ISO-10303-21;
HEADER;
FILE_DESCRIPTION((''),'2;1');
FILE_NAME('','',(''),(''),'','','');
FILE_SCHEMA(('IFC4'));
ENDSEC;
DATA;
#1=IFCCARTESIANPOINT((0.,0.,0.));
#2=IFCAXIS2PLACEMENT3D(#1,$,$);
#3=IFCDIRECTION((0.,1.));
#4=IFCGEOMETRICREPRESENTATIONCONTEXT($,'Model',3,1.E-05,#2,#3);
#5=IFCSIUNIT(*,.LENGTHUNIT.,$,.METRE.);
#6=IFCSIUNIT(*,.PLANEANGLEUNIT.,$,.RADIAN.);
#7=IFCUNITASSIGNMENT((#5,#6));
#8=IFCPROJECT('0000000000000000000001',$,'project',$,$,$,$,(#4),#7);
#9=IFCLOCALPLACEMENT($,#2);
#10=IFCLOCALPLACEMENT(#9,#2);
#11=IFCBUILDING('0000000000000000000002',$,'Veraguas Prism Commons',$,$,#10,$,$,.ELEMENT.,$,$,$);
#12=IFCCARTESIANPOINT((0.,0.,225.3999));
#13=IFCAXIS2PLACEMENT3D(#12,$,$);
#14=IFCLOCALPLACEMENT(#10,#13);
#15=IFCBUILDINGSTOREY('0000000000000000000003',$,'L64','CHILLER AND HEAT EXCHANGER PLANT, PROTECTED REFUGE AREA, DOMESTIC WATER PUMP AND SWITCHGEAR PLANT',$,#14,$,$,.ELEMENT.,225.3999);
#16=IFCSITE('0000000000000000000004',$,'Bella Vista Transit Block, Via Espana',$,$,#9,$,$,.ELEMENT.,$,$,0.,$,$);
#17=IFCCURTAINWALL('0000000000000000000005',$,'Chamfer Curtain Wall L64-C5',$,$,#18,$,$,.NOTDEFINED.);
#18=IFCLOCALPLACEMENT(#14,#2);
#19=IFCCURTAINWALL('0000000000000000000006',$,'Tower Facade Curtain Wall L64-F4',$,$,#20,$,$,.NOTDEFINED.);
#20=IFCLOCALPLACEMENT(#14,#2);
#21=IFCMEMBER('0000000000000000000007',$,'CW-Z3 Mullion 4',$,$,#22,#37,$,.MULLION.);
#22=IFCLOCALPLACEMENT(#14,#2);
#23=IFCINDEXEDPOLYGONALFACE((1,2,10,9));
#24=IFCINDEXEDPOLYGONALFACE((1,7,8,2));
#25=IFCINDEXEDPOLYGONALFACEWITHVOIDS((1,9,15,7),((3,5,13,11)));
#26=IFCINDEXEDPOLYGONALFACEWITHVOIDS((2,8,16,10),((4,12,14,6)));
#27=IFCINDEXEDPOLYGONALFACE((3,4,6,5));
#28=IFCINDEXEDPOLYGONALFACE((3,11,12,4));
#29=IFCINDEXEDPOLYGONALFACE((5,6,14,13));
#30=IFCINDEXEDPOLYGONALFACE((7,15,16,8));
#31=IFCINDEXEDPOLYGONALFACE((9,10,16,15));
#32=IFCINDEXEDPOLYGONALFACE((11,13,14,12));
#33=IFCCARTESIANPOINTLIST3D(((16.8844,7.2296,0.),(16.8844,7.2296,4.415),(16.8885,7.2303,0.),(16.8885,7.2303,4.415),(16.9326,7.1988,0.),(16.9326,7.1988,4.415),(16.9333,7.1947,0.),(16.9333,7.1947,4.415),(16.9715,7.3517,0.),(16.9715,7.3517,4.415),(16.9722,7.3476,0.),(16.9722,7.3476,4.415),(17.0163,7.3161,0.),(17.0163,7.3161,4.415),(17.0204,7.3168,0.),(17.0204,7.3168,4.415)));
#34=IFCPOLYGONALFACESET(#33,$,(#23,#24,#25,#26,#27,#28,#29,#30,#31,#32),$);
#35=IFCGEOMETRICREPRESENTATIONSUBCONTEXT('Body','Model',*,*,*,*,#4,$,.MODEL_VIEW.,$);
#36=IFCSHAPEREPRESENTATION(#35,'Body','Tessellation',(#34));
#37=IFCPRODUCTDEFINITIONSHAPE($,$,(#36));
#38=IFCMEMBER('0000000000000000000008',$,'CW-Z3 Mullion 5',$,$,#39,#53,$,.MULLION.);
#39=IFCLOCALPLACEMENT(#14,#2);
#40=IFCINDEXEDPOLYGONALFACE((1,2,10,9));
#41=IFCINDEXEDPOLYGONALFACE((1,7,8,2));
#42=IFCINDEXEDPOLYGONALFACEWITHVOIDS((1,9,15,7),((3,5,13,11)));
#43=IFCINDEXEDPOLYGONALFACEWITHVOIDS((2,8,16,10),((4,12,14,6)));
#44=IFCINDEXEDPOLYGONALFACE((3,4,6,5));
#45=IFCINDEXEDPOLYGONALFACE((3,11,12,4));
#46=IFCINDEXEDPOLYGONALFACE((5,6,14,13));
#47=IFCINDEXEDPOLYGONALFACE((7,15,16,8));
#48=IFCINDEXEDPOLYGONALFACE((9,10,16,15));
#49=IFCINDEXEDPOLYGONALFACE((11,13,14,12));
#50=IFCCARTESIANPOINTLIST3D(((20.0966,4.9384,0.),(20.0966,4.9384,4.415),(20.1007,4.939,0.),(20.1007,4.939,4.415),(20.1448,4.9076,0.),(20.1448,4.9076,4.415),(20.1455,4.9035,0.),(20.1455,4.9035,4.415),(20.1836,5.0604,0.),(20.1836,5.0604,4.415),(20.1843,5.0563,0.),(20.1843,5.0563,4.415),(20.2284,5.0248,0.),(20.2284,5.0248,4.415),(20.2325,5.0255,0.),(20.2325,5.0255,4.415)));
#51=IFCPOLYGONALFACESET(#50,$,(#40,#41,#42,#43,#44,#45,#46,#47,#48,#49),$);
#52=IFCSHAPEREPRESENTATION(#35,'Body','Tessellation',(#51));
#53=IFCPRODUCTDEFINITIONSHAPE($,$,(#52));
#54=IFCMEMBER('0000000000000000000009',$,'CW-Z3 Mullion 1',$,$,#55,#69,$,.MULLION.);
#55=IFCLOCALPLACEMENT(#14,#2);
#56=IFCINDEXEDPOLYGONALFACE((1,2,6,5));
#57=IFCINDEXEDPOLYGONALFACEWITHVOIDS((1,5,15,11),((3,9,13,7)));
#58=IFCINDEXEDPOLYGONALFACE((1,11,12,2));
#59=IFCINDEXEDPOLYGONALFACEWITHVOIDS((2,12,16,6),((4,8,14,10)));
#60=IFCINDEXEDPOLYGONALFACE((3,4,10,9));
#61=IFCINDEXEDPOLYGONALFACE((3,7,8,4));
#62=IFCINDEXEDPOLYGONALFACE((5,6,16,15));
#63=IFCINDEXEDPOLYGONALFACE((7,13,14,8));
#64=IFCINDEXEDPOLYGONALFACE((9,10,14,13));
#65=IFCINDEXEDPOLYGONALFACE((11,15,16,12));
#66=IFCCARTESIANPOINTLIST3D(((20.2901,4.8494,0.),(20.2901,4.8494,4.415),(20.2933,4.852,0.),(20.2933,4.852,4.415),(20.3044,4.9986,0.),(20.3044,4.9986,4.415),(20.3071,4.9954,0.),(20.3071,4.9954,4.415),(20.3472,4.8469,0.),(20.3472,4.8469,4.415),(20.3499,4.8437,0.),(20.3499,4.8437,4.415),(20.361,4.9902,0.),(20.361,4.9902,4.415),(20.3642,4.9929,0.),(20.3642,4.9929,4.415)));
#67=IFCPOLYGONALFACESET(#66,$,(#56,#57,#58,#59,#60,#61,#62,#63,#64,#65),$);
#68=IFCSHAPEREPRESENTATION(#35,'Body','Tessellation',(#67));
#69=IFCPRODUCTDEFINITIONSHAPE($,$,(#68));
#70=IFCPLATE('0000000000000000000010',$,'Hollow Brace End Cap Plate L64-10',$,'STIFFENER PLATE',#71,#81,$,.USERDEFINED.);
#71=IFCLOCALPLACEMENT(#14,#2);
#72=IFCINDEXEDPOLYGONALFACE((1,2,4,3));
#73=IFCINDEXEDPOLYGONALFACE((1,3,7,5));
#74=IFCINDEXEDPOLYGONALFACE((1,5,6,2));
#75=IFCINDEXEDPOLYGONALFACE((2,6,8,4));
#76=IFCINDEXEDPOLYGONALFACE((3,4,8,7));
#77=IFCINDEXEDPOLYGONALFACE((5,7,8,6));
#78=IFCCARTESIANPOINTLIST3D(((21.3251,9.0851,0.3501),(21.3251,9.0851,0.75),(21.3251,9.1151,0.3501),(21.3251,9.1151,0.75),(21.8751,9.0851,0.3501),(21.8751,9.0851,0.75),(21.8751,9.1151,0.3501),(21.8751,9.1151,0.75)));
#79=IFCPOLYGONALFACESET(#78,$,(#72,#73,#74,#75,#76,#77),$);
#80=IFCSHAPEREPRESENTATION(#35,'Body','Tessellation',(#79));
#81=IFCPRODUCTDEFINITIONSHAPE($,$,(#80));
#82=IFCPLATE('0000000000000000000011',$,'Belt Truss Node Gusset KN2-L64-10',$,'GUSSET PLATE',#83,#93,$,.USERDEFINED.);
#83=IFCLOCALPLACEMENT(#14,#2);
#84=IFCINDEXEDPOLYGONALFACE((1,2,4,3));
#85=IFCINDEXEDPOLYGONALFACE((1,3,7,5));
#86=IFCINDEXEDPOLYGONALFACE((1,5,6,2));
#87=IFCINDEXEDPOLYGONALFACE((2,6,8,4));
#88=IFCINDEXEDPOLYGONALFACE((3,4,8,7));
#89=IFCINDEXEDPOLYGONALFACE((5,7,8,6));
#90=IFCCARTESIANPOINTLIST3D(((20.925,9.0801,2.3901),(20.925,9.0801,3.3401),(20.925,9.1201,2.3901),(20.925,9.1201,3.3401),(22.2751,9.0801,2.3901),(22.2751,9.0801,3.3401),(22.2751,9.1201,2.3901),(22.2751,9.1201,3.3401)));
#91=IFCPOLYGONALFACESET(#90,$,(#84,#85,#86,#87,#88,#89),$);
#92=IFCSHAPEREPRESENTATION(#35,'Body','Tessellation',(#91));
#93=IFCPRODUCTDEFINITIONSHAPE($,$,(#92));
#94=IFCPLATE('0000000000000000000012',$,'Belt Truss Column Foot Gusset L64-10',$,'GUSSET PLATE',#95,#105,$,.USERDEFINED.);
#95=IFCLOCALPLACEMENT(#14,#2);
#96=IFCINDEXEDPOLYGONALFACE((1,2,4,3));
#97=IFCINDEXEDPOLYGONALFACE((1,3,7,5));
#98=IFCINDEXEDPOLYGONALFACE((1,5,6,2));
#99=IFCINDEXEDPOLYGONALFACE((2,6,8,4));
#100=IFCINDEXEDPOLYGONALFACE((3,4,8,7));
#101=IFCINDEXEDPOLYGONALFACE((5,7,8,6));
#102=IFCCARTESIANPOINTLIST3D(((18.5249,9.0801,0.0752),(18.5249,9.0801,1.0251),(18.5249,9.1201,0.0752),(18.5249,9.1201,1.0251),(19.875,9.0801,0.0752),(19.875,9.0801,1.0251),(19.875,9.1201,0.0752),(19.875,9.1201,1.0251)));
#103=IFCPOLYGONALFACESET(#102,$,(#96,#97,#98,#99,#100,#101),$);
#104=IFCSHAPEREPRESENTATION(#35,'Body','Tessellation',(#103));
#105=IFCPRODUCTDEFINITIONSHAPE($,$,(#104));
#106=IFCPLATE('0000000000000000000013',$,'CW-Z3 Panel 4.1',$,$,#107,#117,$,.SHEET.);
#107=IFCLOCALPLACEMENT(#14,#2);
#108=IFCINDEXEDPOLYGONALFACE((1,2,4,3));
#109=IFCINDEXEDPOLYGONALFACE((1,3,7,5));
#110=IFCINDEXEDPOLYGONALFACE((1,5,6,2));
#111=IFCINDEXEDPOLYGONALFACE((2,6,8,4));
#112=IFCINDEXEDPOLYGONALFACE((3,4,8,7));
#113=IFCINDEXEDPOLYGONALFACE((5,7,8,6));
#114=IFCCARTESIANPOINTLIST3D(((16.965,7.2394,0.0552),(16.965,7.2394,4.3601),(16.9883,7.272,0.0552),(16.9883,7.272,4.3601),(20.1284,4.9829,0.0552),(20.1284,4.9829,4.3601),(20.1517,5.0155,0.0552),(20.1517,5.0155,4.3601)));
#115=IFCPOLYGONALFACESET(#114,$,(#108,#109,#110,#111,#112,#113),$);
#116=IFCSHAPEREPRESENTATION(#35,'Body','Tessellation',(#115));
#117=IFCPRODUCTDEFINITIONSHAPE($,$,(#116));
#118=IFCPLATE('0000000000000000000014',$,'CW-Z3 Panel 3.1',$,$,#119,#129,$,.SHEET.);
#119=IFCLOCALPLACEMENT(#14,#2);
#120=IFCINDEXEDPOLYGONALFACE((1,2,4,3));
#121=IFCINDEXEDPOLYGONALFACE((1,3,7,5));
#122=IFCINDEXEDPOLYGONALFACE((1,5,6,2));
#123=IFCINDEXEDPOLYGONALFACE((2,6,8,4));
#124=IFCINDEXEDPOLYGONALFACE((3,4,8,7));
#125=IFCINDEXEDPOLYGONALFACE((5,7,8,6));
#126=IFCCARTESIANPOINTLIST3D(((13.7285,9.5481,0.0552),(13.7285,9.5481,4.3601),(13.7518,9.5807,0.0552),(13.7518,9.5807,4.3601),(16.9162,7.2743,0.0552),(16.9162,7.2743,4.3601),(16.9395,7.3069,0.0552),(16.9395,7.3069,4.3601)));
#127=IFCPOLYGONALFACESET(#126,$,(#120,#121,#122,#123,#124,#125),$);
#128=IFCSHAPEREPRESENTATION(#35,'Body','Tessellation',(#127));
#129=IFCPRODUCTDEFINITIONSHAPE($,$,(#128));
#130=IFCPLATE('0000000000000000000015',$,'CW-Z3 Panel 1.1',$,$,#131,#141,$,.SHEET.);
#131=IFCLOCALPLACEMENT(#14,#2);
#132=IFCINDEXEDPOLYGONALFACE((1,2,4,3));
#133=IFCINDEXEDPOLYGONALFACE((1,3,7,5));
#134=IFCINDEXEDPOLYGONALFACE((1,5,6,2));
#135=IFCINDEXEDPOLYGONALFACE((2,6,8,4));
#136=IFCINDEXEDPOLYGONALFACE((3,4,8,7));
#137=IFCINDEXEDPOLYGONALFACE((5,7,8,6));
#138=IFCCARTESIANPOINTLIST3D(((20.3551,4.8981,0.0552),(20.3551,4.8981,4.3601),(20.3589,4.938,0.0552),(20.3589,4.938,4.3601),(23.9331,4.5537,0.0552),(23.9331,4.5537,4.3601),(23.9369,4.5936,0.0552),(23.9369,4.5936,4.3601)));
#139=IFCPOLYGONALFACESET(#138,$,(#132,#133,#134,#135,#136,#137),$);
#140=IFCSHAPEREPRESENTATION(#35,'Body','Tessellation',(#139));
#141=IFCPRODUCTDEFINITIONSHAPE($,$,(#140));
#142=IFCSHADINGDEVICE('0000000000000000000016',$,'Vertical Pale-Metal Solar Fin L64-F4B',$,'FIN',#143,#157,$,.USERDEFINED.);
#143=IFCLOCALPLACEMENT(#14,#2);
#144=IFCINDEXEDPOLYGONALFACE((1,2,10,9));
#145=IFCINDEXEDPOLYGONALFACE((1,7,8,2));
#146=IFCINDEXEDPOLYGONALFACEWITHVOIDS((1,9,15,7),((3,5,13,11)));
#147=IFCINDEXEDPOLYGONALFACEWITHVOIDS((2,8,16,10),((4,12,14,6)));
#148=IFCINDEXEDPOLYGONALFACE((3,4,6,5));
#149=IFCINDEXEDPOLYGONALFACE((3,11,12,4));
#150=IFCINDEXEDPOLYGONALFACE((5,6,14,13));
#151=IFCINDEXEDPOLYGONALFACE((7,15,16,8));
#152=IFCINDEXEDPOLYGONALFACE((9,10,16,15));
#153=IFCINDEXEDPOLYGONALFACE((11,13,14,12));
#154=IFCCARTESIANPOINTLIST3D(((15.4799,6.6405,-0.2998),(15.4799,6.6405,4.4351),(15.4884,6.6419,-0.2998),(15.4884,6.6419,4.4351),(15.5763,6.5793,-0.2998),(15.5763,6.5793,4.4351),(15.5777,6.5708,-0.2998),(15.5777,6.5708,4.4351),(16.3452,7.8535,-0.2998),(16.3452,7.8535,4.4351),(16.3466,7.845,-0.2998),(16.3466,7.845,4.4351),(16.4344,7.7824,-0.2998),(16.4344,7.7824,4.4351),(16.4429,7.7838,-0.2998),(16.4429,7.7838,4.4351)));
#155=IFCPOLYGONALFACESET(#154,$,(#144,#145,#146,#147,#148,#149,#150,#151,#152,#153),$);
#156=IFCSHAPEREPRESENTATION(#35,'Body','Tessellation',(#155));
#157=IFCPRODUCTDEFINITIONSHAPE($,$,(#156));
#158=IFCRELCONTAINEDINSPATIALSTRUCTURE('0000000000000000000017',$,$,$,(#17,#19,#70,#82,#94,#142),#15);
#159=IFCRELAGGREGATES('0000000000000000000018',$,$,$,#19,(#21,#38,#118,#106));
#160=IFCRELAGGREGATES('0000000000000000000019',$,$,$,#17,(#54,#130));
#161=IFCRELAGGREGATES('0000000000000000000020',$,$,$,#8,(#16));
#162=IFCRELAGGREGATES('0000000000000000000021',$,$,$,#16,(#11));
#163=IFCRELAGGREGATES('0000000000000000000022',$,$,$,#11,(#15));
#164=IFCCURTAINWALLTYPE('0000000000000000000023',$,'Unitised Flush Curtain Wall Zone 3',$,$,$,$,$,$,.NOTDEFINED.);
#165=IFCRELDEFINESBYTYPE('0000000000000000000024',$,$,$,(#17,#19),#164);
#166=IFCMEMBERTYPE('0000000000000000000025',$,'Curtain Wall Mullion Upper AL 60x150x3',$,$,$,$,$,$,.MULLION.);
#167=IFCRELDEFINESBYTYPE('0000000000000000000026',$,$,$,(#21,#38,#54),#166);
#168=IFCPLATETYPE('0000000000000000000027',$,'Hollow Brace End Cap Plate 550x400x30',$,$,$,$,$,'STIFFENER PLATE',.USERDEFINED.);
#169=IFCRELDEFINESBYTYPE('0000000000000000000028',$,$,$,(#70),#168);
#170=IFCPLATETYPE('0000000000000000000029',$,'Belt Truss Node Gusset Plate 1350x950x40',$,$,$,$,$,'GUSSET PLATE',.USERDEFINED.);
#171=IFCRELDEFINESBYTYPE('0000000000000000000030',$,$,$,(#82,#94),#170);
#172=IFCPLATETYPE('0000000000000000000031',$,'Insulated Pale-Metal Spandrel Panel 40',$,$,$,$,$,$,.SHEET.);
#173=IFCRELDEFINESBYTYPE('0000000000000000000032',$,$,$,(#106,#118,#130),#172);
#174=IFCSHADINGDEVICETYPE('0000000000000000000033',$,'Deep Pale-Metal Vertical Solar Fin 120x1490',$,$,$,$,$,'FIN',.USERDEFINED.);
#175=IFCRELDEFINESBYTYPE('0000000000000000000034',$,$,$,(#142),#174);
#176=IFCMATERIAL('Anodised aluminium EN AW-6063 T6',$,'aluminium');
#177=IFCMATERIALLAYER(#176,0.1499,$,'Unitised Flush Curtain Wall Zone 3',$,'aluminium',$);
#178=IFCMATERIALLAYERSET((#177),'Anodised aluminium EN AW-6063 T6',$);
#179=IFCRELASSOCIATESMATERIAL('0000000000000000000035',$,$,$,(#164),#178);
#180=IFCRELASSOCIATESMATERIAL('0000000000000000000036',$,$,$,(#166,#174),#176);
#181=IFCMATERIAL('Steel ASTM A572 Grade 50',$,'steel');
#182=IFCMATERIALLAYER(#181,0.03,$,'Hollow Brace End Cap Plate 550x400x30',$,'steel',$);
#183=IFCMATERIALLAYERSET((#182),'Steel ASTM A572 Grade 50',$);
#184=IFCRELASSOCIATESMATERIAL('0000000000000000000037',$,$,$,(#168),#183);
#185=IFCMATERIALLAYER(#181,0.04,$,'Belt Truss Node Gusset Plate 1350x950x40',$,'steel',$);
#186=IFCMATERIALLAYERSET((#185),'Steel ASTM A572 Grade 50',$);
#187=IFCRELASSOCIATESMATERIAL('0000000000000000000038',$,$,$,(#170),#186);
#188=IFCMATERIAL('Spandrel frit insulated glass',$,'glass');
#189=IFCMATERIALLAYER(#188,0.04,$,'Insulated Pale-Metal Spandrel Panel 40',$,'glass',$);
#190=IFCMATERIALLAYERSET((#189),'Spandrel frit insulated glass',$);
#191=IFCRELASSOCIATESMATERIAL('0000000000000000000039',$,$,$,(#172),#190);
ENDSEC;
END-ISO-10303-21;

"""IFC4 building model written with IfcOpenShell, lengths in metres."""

from ifc_helpers import new_model, si_unit, direction, frame, origin, origin_2d, place, context, subcontext, project, spatial, rectangle, hollow_rectangle, extrude, source, transform, mapped, material, layer, layer_set, material_profile, profile_set, type_object, element, aggregate, save


model = new_model("IFC4")

# Units and contexts
model_context = context("Model", 3, precision=1e-05, world=origin(), true_north=direction((0.0, 1.0)))
body_context = subcontext(model_context, "Body", "Model", "MODEL_VIEW")
ifc_project = project(units=[si_unit("LENGTHUNIT", "METRE"), si_unit("PLANEANGLEUNIT", "RADIAN")], contexts=[model_context])

# Site, building, storey
site_placement = place(None, origin())
site = spatial("IfcSite", under=ifc_project, at=site_placement, Name="Bella Vista Transit Block, Via Espana", CompositionType="ELEMENT", RefElevation=0.0)
building_placement = place(site_placement, origin())
building = spatial("IfcBuilding", under=site, at=building_placement, Name="Veraguas Prism Commons", CompositionType="ELEMENT")
storey_placement = place(building_placement, frame((0.0, 0.0, 225.3999)))
storey = spatial("IfcBuildingStorey", under=building, at=storey_placement, Name="L64", Description="CHILLER AND HEAT EXCHANGER PLANT, PROTECTED REFUGE AREA, DOMESTIC WATER PUMP AND SWITCHGEAR PLANT", CompositionType="ELEMENT", Elevation=225.3999)

# Curtain walls, members
ifc_material_1 = material(Name="Anodised aluminium EN AW-6063 T6", Category="aluminium")
ifc_layer_1 = layer(ifc_material_1, 0.1499, Name="Unitised Flush Curtain Wall Zone 3", Category="aluminium")
ifc_layer_set_1 = layer_set([ifc_layer_1], Name="Anodised aluminium EN AW-6063 T6")
curtain_wall_type = type_object("IfcCurtainWallType", Name="Unitised Flush Curtain Wall Zone 3", PredefinedType="NOTDEFINED", material=ifc_layer_set_1)
curtain_wall_1_placement = place(storey_placement, origin())
curtain_wall_1 = element("IfcCurtainWall", 1, at=curtain_wall_1_placement, inside=storey, type_object=curtain_wall_type, Name="Chamfer Curtain Wall L64-C5", PredefinedType="NOTDEFINED")
curtain_wall_2_placement = place(storey_placement, origin())
curtain_wall_2 = element("IfcCurtainWall", 2, at=curtain_wall_2_placement, inside=storey, type_object=curtain_wall_type, Name="Tower Facade Curtain Wall L64-F4", PredefinedType="NOTDEFINED")
ifc_material_profile_1 = material_profile(ifc_material_1, hollow_rectangle(XDim=0.0601, YDim=0.1499, WallThickness=0.0029, at=origin_2d()), Name="AL60X150X3")
ifc_profile_set_1 = profile_set([ifc_material_profile_1], Name="Anodised aluminium EN AW-6063 T6")
member_type_1 = type_object("IfcMemberType", Name="Curtain Wall Mullion Upper AL 60x150x3", PredefinedType="MULLION", material=ifc_profile_set_1)
shared_shape_1 = source(origin(), body_context, "Body", "SweptSolid", [
    extrude(hollow_rectangle(XDim=0.0601, YDim=0.1499, WallThickness=0.0029, at=origin_2d()), origin(), (0.0, 0.0, 1.0), 4.415),
])
member_1_placement = place(storey_placement, frame((16.9524, 7.2732, 0.0), z_axis=(0.0, 0.0, 1.0), x_axis=(0.814113, -0.580706, 0.0)))
member_1 = element("IfcMember", 3, at=member_1_placement, type_object=member_type_1, Name="CW-Z3 Mullion 4", PredefinedType="MULLION", context=body_context, shape_type="MappedRepresentation", body=[
    mapped(shared_shape_1, transform((0.0, 0.0, 0.0), scale=1.0)),
])
member_2_placement = place(storey_placement, frame((20.1646, 4.9819, 0.0), z_axis=(0.0, 0.0, 1.0), x_axis=(0.814113, -0.580706, 0.0)))
member_2 = element("IfcMember", 4, at=member_2_placement, type_object=member_type_1, Name="CW-Z3 Mullion 5", PredefinedType="MULLION", context=body_context, shape_type="MappedRepresentation", body=[
    mapped(shared_shape_1, transform((0.0, 0.0, 0.0), scale=1.0)),
])

# Member
member_3_placement = place(storey_placement, frame((20.3271, 4.9211, 0.0), z_axis=(0.0, 0.0, 1.0), x_axis=(0.995399, -0.095816, 0.0)))
member_3 = element("IfcMember", 5, at=member_3_placement, type_object=member_type_1, Name="CW-Z3 Mullion 1", PredefinedType="MULLION", context=body_context, shape_type="MappedRepresentation", body=[
    mapped(shared_shape_1, transform((0.0, 0.0, 0.0), scale=1.0)),
])

# Plates
ifc_material_2 = material(Name="Steel ASTM A572 Grade 50", Category="steel")
ifc_layer_2 = layer(ifc_material_2, 0.03, Name="Hollow Brace End Cap Plate 550x400x30", Category="steel")
ifc_layer_set_2 = layer_set([ifc_layer_2], Name="Steel ASTM A572 Grade 50")
plate_type_1 = type_object("IfcPlateType", Name="Hollow Brace End Cap Plate 550x400x30", ElementType="STIFFENER PLATE", PredefinedType="USERDEFINED", material=ifc_layer_set_2)
shared_shape_2 = source(origin(), body_context, "Body", "SweptSolid", [
    extrude(rectangle(XDim=0.55, YDim=0.03, at=origin_2d()), origin(), (0.0, 0.0, 1.0), 0.3999),
])
plate_1_placement = place(storey_placement, frame((21.6001, 9.1001, 0.3501), z_axis=(0.0, 0.0, 1.0), x_axis=(1.0, 0.0, 0.0)))
element("IfcPlate", 6, at=plate_1_placement, inside=storey, type_object=plate_type_1, Name="Hollow Brace End Cap Plate L64-10", ObjectType="STIFFENER PLATE", PredefinedType="USERDEFINED", context=body_context, shape_type="MappedRepresentation", body=[
    mapped(shared_shape_2, transform((0.0, 0.0, 0.0), scale=1.0)),
])
ifc_layer_3 = layer(ifc_material_2, 0.04, Name="Belt Truss Node Gusset Plate 1350x950x40", Category="steel")
ifc_layer_set_3 = layer_set([ifc_layer_3], Name="Steel ASTM A572 Grade 50")
plate_type_2 = type_object("IfcPlateType", Name="Belt Truss Node Gusset Plate 1350x950x40", ElementType="GUSSET PLATE", PredefinedType="USERDEFINED", material=ifc_layer_set_3)
shared_shape_3 = source(origin(), body_context, "Body", "SweptSolid", [
    extrude(rectangle(XDim=1.3501, YDim=0.04, at=origin_2d()), origin(), (0.0, 0.0, 1.0), 0.95),
])
for number, where, z_axis, x_axis, name in (
    (7, (21.6001, 9.1001, 2.3901), (0.0, 0.0, 1.0), (1.0, 0.0, 0.0), "Belt Truss Node Gusset KN2-L64-10"),
    (8, (19.2, 9.1001, 0.0752), (0.0, 0.0, 1.0), (1.0, 0.0, 0.0), "Belt Truss Column Foot Gusset L64-10"),
):
    element("IfcPlate", number, at=place(storey_placement, frame(where, z_axis=z_axis, x_axis=x_axis)), inside=storey, type_object=plate_type_2, Name=name, ObjectType="GUSSET PLATE", PredefinedType="USERDEFINED", context=body_context, shape_type="MappedRepresentation", body=[
        mapped(shared_shape_3, transform((0.0, 0.0, 0.0), scale=1.0)),
    ])

# Plates
ifc_material_3 = material(Name="Spandrel frit insulated glass", Category="glass")
ifc_layer_4 = layer(ifc_material_3, 0.04, Name="Insulated Pale-Metal Spandrel Panel 40", Category="glass")
ifc_layer_set_4 = layer_set([ifc_layer_4], Name="Spandrel frit insulated glass")
plate_type_3 = type_object("IfcPlateType", Name="Insulated Pale-Metal Spandrel Panel 40", PredefinedType="SHEET", material=ifc_layer_set_4)
shared_shape_4 = source(origin(), body_context, "Body", "SweptSolid", [
    extrude(rectangle(XDim=3.8857, YDim=0.04, at=origin_2d()), origin(), (0.0, 0.0, 1.0), 4.3049),
])
plate_2_placement = place(storey_placement, frame((18.5583, 6.1274, 0.0552), z_axis=(0.0, 0.0, 1.0), x_axis=(0.814113, -0.580706, 0.0)))
plate_2 = element("IfcPlate", 9, at=plate_2_placement, type_object=plate_type_3, Name="CW-Z3 Panel 4.1", PredefinedType="SHEET", context=body_context, shape_type="MappedRepresentation", body=[
    mapped(shared_shape_4, transform((0.0, 0.0, 0.0), scale=1.0)),
])
shared_shape_5 = source(origin(), body_context, "Body", "SweptSolid", [
    extrude(rectangle(XDim=3.9155, YDim=0.04, at=origin_2d()), origin(), (0.0, 0.0, 1.0), 4.3049),
])
plate_3_placement = place(storey_placement, frame((15.334, 8.4275, 0.0552), z_axis=(0.0, 0.0, 1.0), x_axis=(0.814113, -0.580706, 0.0)))
plate_3 = element("IfcPlate", 10, at=plate_3_placement, type_object=plate_type_3, Name="CW-Z3 Panel 3.1", PredefinedType="SHEET", context=body_context, shape_type="MappedRepresentation", body=[
    mapped(shared_shape_5, transform((0.0, 0.0, 0.0), scale=1.0)),
])
aggregate(curtain_wall_2, [member_1, member_2, plate_3, plate_2])
shared_shape_6 = source(origin(), body_context, "Body", "SweptSolid", [
    extrude(rectangle(XDim=3.5945, YDim=0.04, at=origin_2d()), origin(), (0.0, 0.0, 1.0), 4.3049),
])
plate_4_placement = place(storey_placement, frame((22.146, 4.7458, 0.0552), z_axis=(0.0, 0.0, 1.0), x_axis=(0.995399, -0.095816, 0.0)))
plate_4 = element("IfcPlate", 11, at=plate_4_placement, type_object=plate_type_3, Name="CW-Z3 Panel 1.1", PredefinedType="SHEET", context=body_context, shape_type="MappedRepresentation", body=[
    mapped(shared_shape_6, transform((0.0, 0.0, 0.0), scale=1.0)),
])
aggregate(curtain_wall_1, [member_3, plate_4])

# Shading device
ifc_material_profile_2 = material_profile(ifc_material_1, hollow_rectangle(XDim=0.1201, YDim=1.49, WallThickness=0.0061, at=origin_2d()), Name="FIN120X1490X6")
ifc_profile_set_2 = profile_set([ifc_material_profile_2], Name="Anodised aluminium EN AW-6063 T6")
shading_device_type = type_object("IfcShadingDeviceType", Name="Deep Pale-Metal Vertical Solar Fin 120x1490", ElementType="FIN", PredefinedType="USERDEFINED", material=ifc_profile_set_2)
shading_device_placement = place(storey_placement, frame((15.9614, 7.2122, -0.2998), z_axis=(0.0, 0.0, 1.0), x_axis=(0.814115, -0.580704, 0.0)))
element("IfcShadingDevice", 12, at=shading_device_placement, inside=storey, type_object=shading_device_type, Name="Vertical Pale-Metal Solar Fin L64-F4B", ObjectType="FIN", PredefinedType="USERDEFINED", context=body_context, shape_type="SweptSolid", body=[
    extrude(hollow_rectangle(XDim=0.1201, YDim=1.49, WallThickness=0.0061, at=origin_2d()), origin(), (0.0, 0.0, 1.0), 4.7349),
])

save(model, "model.ifc")
